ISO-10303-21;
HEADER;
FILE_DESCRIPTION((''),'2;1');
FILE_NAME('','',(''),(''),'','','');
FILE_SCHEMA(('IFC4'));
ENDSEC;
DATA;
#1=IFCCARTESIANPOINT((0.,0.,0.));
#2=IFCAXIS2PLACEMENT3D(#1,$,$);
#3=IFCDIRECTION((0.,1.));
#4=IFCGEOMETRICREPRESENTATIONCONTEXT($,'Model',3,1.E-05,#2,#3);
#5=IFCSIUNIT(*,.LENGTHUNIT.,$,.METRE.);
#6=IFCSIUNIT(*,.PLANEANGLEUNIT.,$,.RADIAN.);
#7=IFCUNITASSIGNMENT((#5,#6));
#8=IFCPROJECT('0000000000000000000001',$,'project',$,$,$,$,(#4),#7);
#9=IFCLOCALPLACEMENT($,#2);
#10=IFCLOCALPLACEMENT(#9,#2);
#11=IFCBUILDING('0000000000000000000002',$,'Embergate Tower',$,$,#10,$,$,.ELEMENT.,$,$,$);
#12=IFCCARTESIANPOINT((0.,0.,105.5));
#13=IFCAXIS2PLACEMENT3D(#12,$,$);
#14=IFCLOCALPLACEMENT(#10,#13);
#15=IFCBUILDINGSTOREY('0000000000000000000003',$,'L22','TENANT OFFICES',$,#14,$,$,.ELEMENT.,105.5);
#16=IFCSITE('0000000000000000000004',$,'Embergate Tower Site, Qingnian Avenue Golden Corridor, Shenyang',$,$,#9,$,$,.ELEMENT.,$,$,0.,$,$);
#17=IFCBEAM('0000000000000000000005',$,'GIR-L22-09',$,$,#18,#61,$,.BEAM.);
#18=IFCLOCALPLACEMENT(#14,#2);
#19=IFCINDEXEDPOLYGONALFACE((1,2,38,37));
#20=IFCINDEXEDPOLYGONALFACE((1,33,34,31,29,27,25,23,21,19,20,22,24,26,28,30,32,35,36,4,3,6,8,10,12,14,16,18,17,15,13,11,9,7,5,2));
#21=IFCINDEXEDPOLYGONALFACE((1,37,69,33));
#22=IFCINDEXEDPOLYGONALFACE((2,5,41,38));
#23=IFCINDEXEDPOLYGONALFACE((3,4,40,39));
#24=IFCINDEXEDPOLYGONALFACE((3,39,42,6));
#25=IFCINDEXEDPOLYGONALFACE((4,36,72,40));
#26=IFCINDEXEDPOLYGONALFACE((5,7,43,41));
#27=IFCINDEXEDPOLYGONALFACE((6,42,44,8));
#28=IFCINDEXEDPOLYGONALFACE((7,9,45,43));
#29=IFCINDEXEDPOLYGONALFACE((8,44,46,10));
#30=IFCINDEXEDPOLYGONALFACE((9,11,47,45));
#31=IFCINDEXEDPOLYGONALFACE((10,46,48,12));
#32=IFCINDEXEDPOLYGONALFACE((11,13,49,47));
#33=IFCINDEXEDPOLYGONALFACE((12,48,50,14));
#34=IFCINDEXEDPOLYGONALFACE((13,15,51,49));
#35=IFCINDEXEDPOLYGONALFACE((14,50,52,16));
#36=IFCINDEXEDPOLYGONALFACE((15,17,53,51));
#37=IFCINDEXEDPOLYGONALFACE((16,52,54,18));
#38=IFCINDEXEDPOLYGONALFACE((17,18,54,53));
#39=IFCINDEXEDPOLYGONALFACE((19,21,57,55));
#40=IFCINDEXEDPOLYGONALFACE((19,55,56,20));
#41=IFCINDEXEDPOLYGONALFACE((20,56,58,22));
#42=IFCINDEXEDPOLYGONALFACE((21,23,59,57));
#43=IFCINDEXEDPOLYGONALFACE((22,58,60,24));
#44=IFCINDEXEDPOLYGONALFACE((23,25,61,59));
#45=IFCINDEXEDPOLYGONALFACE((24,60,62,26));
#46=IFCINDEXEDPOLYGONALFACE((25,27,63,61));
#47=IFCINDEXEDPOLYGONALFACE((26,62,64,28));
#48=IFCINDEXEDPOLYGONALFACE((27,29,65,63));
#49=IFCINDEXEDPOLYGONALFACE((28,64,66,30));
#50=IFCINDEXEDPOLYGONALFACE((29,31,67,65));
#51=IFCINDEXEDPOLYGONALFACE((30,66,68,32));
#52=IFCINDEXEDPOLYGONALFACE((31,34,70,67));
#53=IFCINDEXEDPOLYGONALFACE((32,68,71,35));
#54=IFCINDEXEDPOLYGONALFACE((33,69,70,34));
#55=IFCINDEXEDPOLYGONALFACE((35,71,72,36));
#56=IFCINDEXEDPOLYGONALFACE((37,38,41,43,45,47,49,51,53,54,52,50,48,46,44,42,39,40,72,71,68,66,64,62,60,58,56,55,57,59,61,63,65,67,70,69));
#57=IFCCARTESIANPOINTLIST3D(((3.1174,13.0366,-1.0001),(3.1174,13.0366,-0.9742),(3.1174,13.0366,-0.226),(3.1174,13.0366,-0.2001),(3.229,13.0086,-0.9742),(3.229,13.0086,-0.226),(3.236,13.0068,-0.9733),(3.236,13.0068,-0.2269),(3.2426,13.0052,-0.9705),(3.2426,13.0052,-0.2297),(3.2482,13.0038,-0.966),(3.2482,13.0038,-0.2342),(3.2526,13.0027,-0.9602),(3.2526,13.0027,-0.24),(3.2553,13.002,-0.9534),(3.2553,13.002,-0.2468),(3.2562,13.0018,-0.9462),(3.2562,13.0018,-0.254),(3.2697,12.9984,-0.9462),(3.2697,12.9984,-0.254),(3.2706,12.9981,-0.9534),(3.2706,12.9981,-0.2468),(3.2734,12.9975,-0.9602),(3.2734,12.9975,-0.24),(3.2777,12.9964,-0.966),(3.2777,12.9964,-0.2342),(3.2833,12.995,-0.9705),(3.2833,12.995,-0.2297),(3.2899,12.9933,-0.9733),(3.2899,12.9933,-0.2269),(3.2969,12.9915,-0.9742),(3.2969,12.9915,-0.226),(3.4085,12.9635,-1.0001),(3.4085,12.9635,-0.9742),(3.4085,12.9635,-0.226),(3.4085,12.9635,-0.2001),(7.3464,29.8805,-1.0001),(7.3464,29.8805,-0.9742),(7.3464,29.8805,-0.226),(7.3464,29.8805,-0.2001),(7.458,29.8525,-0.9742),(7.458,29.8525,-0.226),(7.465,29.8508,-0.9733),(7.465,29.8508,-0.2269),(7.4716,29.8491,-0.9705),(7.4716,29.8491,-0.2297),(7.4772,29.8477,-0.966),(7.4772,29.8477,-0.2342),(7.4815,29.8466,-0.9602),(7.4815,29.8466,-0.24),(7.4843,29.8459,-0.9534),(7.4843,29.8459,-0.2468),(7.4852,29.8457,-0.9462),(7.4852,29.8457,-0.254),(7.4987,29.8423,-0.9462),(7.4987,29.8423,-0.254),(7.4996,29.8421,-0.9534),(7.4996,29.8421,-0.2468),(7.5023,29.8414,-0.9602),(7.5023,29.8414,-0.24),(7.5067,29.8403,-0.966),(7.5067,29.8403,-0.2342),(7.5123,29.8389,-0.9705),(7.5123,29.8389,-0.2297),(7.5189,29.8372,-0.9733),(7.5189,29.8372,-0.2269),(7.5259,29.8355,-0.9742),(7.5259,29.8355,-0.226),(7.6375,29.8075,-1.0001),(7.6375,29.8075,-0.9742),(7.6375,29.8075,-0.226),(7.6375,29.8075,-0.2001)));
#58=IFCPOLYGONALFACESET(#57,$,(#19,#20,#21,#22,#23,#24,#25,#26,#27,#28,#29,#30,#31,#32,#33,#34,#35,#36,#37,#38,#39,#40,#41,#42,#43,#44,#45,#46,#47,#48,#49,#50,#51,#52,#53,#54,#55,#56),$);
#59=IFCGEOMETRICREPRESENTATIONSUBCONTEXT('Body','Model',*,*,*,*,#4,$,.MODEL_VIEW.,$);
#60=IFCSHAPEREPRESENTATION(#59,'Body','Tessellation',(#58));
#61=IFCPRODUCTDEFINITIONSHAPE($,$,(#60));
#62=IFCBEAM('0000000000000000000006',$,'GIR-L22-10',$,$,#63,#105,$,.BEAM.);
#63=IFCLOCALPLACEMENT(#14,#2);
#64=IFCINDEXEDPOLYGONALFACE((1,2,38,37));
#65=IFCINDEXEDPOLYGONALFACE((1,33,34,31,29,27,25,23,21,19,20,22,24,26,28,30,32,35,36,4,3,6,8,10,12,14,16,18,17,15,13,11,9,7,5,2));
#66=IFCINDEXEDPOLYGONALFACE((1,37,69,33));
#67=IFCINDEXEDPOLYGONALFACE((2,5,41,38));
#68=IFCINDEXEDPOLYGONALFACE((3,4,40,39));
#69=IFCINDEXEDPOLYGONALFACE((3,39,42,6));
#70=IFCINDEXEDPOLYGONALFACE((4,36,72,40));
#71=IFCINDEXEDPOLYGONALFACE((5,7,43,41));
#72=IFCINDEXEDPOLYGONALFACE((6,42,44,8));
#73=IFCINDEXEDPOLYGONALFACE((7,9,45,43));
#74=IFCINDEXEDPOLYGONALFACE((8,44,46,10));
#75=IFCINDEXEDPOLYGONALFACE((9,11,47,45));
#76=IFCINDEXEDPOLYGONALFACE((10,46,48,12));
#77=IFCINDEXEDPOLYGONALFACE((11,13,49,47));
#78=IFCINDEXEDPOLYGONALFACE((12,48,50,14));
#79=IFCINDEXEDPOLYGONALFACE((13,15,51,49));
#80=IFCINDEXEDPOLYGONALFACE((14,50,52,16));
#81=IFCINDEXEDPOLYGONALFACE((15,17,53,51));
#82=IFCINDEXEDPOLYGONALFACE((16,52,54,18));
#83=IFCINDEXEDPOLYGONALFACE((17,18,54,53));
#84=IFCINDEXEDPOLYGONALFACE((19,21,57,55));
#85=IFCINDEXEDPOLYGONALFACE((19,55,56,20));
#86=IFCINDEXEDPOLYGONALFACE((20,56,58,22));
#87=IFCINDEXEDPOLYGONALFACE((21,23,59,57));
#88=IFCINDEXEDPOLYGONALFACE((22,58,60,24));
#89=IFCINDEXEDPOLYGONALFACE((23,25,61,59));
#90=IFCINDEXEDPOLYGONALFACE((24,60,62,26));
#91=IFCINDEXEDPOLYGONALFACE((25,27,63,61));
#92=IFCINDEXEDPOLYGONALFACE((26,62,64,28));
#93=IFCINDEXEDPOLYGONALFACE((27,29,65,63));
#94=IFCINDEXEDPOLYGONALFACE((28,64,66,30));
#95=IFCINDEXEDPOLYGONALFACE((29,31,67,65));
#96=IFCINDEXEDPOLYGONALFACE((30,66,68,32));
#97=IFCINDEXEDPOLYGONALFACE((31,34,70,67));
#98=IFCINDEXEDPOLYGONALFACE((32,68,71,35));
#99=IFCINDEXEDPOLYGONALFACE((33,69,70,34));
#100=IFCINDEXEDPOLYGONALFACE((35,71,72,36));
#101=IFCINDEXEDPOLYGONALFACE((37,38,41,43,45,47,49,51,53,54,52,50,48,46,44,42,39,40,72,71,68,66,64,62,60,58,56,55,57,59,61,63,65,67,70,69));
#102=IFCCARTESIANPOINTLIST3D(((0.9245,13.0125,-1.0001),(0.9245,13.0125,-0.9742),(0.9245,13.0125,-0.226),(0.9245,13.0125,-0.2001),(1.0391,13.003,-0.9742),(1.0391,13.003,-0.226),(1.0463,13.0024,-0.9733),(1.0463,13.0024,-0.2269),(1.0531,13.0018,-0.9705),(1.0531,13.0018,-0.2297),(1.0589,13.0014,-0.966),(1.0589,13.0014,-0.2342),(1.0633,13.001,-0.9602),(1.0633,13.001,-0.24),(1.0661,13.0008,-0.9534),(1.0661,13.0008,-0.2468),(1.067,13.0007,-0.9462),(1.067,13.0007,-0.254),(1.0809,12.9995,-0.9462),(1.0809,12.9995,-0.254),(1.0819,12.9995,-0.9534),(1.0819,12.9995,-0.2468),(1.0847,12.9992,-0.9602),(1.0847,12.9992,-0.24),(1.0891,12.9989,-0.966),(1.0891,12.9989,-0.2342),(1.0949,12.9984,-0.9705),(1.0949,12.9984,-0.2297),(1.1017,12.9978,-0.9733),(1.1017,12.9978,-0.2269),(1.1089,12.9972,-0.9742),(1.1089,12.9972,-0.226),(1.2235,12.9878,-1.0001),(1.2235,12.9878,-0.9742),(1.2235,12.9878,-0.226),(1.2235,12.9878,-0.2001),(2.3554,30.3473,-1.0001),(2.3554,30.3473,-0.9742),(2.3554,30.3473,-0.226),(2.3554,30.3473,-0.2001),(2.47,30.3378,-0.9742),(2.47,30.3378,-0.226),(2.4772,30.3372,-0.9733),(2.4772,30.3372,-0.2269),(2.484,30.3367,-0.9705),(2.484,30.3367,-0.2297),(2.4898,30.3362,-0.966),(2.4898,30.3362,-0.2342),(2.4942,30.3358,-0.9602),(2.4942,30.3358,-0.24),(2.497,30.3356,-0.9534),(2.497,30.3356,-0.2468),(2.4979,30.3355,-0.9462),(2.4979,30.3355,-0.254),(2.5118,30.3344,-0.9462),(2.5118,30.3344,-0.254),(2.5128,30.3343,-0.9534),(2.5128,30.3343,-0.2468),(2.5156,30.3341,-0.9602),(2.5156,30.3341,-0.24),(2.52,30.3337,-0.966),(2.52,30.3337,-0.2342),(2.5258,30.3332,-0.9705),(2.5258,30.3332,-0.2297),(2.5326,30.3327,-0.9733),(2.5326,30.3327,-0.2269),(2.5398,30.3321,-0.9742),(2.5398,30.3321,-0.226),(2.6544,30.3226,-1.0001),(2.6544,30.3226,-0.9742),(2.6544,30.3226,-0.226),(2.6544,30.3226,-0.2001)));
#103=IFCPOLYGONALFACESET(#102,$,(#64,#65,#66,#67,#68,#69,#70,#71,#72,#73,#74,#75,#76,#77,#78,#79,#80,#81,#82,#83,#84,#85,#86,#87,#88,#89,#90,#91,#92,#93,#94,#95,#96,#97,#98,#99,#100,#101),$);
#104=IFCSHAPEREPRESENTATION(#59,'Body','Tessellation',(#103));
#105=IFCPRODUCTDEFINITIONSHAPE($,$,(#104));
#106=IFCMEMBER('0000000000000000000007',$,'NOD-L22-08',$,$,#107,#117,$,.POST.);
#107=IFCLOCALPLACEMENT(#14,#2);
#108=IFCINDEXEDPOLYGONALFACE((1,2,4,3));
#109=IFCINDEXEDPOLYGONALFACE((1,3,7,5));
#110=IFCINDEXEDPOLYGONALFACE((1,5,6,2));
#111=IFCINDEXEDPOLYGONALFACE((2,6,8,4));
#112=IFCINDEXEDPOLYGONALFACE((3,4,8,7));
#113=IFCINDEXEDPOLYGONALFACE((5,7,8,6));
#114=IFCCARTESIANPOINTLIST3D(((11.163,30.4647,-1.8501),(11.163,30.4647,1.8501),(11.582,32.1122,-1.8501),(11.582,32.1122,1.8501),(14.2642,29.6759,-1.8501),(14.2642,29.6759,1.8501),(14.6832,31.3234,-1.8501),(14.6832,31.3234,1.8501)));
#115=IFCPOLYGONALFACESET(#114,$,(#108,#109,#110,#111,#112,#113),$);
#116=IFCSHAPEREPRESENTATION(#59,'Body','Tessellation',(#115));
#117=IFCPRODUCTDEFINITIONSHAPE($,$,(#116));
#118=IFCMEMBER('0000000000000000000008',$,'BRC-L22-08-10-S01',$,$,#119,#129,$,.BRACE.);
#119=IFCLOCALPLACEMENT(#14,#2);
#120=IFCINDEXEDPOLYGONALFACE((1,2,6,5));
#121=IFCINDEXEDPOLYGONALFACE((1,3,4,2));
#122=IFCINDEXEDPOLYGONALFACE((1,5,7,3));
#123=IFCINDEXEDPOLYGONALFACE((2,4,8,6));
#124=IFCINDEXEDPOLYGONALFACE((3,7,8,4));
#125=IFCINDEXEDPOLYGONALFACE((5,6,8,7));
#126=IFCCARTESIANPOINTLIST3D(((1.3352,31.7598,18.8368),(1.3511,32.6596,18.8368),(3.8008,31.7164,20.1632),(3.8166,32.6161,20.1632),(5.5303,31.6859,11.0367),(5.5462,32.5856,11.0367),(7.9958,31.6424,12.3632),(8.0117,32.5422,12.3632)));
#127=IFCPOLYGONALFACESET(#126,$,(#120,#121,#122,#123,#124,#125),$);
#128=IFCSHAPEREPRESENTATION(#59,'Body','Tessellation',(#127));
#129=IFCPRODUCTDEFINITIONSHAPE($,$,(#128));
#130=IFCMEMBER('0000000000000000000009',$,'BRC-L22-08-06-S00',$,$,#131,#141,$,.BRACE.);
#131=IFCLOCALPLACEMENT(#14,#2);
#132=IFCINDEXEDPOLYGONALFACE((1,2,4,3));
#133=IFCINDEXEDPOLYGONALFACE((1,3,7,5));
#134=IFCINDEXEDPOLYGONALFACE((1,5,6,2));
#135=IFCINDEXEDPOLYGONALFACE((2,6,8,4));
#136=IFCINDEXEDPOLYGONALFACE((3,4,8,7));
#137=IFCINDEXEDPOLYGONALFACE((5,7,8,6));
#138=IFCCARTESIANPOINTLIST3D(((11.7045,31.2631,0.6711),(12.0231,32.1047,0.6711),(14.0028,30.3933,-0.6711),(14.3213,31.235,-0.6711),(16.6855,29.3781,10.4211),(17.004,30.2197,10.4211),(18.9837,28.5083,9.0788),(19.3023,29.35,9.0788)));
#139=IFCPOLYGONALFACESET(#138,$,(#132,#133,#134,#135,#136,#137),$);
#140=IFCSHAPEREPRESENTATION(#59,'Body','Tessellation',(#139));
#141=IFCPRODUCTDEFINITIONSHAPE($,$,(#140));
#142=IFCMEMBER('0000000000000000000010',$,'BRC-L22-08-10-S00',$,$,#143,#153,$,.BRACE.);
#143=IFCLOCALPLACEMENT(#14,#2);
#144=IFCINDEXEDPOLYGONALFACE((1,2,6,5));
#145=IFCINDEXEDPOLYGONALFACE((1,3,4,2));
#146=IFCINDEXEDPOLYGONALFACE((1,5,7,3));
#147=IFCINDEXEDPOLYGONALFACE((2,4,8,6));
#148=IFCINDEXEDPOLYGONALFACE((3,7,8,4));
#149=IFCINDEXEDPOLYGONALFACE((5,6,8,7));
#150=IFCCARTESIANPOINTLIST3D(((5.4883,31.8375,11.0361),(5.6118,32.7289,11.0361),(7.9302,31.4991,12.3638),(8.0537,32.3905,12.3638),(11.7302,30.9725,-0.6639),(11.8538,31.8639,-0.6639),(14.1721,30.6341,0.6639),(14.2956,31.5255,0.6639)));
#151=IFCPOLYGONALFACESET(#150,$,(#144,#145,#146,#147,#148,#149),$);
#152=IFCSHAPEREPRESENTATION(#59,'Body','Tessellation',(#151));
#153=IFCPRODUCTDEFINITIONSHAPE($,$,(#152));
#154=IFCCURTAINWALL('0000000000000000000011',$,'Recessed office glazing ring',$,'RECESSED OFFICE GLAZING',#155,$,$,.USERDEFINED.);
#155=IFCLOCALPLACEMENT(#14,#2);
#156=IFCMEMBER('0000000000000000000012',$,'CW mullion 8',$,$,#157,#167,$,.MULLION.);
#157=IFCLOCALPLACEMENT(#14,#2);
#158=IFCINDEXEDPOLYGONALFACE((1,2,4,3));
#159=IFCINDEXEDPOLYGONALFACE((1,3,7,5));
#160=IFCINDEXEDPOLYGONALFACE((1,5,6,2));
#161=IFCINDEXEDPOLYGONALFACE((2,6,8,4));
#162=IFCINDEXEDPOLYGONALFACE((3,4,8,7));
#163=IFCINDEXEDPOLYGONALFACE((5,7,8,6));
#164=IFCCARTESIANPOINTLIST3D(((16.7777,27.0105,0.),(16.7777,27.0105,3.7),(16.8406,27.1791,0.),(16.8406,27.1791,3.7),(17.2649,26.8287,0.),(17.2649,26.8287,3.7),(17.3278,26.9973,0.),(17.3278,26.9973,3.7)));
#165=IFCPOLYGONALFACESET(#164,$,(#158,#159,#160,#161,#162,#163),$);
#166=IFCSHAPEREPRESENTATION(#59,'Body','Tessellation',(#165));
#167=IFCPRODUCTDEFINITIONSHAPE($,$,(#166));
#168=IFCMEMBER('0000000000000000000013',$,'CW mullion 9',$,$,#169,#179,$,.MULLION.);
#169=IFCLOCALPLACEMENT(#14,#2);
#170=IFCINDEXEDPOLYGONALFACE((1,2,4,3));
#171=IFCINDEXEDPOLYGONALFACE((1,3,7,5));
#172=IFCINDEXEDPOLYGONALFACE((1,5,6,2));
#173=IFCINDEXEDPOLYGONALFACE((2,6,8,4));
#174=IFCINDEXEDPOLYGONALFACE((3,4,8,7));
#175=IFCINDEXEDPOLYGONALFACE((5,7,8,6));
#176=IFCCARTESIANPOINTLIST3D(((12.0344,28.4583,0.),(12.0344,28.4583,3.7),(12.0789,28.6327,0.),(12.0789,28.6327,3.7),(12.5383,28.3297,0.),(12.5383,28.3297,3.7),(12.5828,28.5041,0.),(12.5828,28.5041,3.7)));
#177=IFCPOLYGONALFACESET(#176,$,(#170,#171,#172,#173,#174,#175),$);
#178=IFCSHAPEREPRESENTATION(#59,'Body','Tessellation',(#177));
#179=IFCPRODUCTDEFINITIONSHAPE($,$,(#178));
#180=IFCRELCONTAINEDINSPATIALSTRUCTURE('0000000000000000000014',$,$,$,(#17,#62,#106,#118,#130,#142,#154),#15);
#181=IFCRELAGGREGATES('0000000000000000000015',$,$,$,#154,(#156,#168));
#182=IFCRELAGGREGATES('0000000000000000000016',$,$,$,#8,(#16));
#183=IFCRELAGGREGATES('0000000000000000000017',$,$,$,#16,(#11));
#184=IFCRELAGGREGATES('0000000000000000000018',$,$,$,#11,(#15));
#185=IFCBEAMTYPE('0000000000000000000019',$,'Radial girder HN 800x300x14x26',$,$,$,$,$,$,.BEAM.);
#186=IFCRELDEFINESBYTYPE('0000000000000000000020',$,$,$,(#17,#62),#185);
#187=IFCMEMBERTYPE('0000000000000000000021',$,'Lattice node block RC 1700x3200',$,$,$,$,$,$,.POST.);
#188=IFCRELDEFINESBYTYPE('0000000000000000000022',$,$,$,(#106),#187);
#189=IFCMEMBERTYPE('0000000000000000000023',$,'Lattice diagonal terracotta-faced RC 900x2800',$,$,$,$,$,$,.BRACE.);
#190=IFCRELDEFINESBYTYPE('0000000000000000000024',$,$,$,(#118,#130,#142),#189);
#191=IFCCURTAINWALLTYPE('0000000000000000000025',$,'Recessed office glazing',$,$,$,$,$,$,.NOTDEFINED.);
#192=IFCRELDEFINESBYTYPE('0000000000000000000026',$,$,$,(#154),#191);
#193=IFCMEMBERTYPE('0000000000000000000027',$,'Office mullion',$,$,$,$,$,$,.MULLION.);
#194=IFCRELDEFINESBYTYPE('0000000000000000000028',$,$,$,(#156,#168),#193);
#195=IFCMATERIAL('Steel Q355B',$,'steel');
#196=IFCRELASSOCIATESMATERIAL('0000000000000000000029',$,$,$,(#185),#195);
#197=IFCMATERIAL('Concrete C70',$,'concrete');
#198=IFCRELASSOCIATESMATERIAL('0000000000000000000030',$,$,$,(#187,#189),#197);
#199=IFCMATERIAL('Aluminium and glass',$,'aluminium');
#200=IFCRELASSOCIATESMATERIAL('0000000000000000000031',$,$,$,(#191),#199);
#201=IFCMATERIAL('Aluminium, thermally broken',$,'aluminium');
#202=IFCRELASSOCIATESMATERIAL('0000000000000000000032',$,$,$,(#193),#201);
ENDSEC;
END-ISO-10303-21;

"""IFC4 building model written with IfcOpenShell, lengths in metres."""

from ifc_helpers import new_model, si_unit, direction, frame, origin, origin_2d, place, context, subcontext, project, spatial, rectangle, i_section, extrude, source, transform, mapped, material, material_profile, profile_set, type_object, element, aggregate, save


model = new_model("IFC4")

# Units and contexts
model_context = context("Model", 3, precision=1e-05, world=origin(), true_north=direction((0.0, 1.0)))
body_context = subcontext(model_context, "Body", "Model", "MODEL_VIEW")
ifc_project = project(units=[si_unit("LENGTHUNIT", "METRE"), si_unit("PLANEANGLEUNIT", "RADIAN")], contexts=[model_context])

# Site, building, storey
site_placement = place(None, origin())
site = spatial("IfcSite", under=ifc_project, at=site_placement, Name="Embergate Tower Site, Qingnian Avenue Golden Corridor, Shenyang", CompositionType="ELEMENT", RefElevation=0.0)
building_placement = place(site_placement, origin())
building = spatial("IfcBuilding", under=site, at=building_placement, Name="Embergate Tower", CompositionType="ELEMENT")
storey_placement = place(building_placement, frame((0.0, 0.0, 105.5)))
storey = spatial("IfcBuildingStorey", under=building, at=storey_placement, Name="L22", Description="TENANT OFFICES", CompositionType="ELEMENT", Elevation=105.5)

# Shared definitions
ifc_material_1 = material(Name="Concrete C70", Category="concrete")

# Beams
ifc_material_2 = material(Name="Steel Q355B", Category="steel")
ifc_material_profile_1 = material_profile(ifc_material_2, i_section(OverallWidth=0.3, OverallDepth=0.8, WebThickness=0.0139, FlangeThickness=0.0259, FilletRadius=0.0281, at=origin_2d()), Name="HN 800x300x14x26")
ifc_profile_set_1 = profile_set([ifc_material_profile_1], Name="Steel Q355 grade B")
beam_type_1 = type_object("IfcBeamType", Name="Radial girder HN 800x300x14x26", PredefinedType="BEAM", material=ifc_profile_set_1)
shared_shape_1 = source(origin(), body_context, "Body", "SweptSolid", [
    extrude(i_section(OverallWidth=0.3, OverallDepth=0.8, WebThickness=0.0139, FlangeThickness=0.0259, FilletRadius=0.0281, at=origin_2d()), origin(), (0.0, 0.0, 1.0), 17.3667),
])
beam_1_placement = place(storey_placement, frame((7.4919, 29.844, -0.6001), z_axis=(-0.243511, -0.969898, 0.0), x_axis=(0.969898, -0.243511, 0.0)))
element("IfcBeam", 1, at=beam_1_placement, inside=storey, type_object=beam_type_1, Name="GIR-L22-09", PredefinedType="BEAM", context=body_context, shape_type="MappedRepresentation", body=[
    mapped(shared_shape_1, transform((0.0, 0.0, 0.0))),
])
shared_shape_2 = source(origin(), body_context, "Body", "SweptSolid", [
    extrude(i_section(OverallWidth=0.3, OverallDepth=0.8, WebThickness=0.0139, FlangeThickness=0.0259, FilletRadius=0.0281, at=origin_2d()), origin(), (0.0, 0.0, 1.0), 17.3938),
])
beam_2_placement = place(storey_placement, frame((2.5049, 30.335, -0.6001), z_axis=(-0.082265, -0.996611, 0.0), x_axis=(0.996611, -0.082265, 0.0)))
element("IfcBeam", 2, at=beam_2_placement, inside=storey, type_object=beam_type_1, Name="GIR-L22-10", PredefinedType="BEAM", context=body_context, shape_type="MappedRepresentation", body=[
    mapped(shared_shape_2, transform((0.0, 0.0, 0.0))),
])

# Members
ifc_material_profile_2 = material_profile(ifc_material_1, rectangle(XDim=1.7, YDim=3.2, at=origin_2d()), Name="RC 1700x3200")
ifc_profile_set_2 = profile_set([ifc_material_profile_2], Name="Concrete C70")
member_type_1 = type_object("IfcMemberType", Name="Lattice node block RC 1700x3200", PredefinedType="POST", material=ifc_profile_set_2)
shared_shape_3 = source(origin(), body_context, "Body", "SweptSolid", [
    extrude(rectangle(XDim=1.7, YDim=3.2, at=origin_2d()), origin(), (0.0, 0.0, 1.0), 3.7002),
])
member_1_placement = place(storey_placement, frame((12.9231, 30.894, -1.8501), z_axis=(0.0, 0.0, 1.0), x_axis=(0.246509, 0.969141, 0.0)))
element("IfcMember", 3, at=member_1_placement, inside=storey, type_object=member_type_1, Name="NOD-L22-08", PredefinedType="POST", context=body_context, shape_type="MappedRepresentation", body=[
    mapped(shared_shape_3, transform((0.0, 0.0, 0.0))),
])
ifc_material_profile_3 = material_profile(ifc_material_1, rectangle(XDim=0.8999, YDim=2.8, at=origin_2d()), Name="RC 900x2800")
ifc_profile_set_3 = profile_set([ifc_material_profile_3], Name="Concrete C70")
member_type_2 = type_object("IfcMemberType", Name="Lattice diagonal terracotta-faced RC 900x2800", PredefinedType="BRACE", material=ifc_profile_set_3)
shared_shape_4 = source(origin(), body_context, "Body", "SweptSolid", [
    extrude(rectangle(XDim=0.8999, YDim=2.8, at=origin_2d()), origin(), (0.0, 0.0, 1.0), 8.8569),
])
member_2_placement = place(storey_placement, frame((6.771, 32.114, 11.7), z_axis=(-0.473649, 0.008352, 0.880674), x_axis=(-0.017631, -0.999845, 0.0)))
element("IfcMember", 4, at=member_2_placement, inside=storey, type_object=member_type_2, Name="BRC-L22-08-10-S01", PredefinedType="BRACE", context=body_context, shape_type="MappedRepresentation", body=[
    mapped(shared_shape_4, transform((0.0, 0.0, 0.0))),
])
shared_shape_5 = source(origin(), body_context, "Body", "SweptSolid", [
    extrude(rectangle(XDim=0.8999, YDim=2.8, at=origin_2d()), origin(), (0.0, 0.0, 1.0), 11.1096),
])
member_3_placement = place(storey_placement, frame((13.0129, 31.249, 0.0), z_axis=(0.448343, -0.169672, 0.877611), x_axis=(0.353945, 0.935266, 0.0)))
element("IfcMember", 5, at=member_3_placement, inside=storey, type_object=member_type_2, Name="BRC-L22-08-06-S00", PredefinedType="BRACE", context=body_context, shape_type="MappedRepresentation", body=[
    mapped(shared_shape_5, transform((0.0, 0.0, 0.0))),
])
shared_shape_6 = source(origin(), body_context, "Body", "SweptSolid", [
    extrude(rectangle(XDim=0.8999, YDim=2.8, at=origin_2d()), origin(), (0.0, 0.0, 1.0), 13.2891),
])
member_4_placement = place(storey_placement, frame((13.0129, 31.249, 0.0), z_axis=(-0.469706, 0.06509, 0.88042), x_axis=(-0.137265, -0.990534, 0.0)))
element("IfcMember", 6, at=member_4_placement, inside=storey, type_object=member_type_2, Name="BRC-L22-08-10-S00", PredefinedType="BRACE", context=body_context, shape_type="MappedRepresentation", body=[
    mapped(shared_shape_6, transform((0.0, 0.0, 0.0))),
])

# Curtain wall, members
ifc_material_3 = material(Name="Aluminium and glass", Category="aluminium")
curtain_wall_type = type_object("IfcCurtainWallType", Name="Recessed office glazing", PredefinedType="NOTDEFINED", material=ifc_material_3)
curtain_wall_placement = place(storey_placement, origin())
curtain_wall = element("IfcCurtainWall", 7, at=curtain_wall_placement, inside=storey, type_object=curtain_wall_type, Name="Recessed office glazing ring", ObjectType="RECESSED OFFICE GLAZING", PredefinedType="USERDEFINED")
ifc_material_4 = material(Name="Aluminium, thermally broken", Category="aluminium")
ifc_material_profile_4 = material_profile(ifc_material_4, rectangle(XDim=0.1799, YDim=0.52, at=origin_2d()), Name="AL 520x180")
ifc_profile_set_4 = profile_set([ifc_material_profile_4], Name="Aluminium, thermally broken")
member_type_3 = type_object("IfcMemberType", Name="Office mullion", PredefinedType="MULLION", material=ifc_profile_set_4)
shared_shape_7 = source(origin(), body_context, "Body", "SweptSolid", [
    extrude(rectangle(XDim=0.1799, YDim=0.52, at=origin_2d()), origin(), (0.0, 0.0, 1.0), 3.7),
])
member_5_placement = place(storey_placement, frame((17.0527, 27.0039, 0.0), z_axis=(0.0, 0.0, 1.0), x_axis=(-0.349511, -0.936932, 0.0)))
member_5 = element("IfcMember", 8, at=member_5_placement, type_object=member_type_3, Name="CW mullion 8", PredefinedType="MULLION", context=body_context, shape_type="MappedRepresentation", body=[
    mapped(shared_shape_7, transform((0.0, 0.0, 0.0))),
])
member_6_placement = place(storey_placement, frame((12.3086, 28.4812, 0.0), z_axis=(0.0, 0.0, 1.0), x_axis=(-0.247317, -0.968935, 0.0)))
member_6 = element("IfcMember", 9, at=member_6_placement, type_object=member_type_3, Name="CW mullion 9", PredefinedType="MULLION", context=body_context, shape_type="MappedRepresentation", body=[
    mapped(shared_shape_7, transform((0.0, 0.0, 0.0))),
])
aggregate(curtain_wall, [member_5, member_6])

save(model, "model.ifc")
